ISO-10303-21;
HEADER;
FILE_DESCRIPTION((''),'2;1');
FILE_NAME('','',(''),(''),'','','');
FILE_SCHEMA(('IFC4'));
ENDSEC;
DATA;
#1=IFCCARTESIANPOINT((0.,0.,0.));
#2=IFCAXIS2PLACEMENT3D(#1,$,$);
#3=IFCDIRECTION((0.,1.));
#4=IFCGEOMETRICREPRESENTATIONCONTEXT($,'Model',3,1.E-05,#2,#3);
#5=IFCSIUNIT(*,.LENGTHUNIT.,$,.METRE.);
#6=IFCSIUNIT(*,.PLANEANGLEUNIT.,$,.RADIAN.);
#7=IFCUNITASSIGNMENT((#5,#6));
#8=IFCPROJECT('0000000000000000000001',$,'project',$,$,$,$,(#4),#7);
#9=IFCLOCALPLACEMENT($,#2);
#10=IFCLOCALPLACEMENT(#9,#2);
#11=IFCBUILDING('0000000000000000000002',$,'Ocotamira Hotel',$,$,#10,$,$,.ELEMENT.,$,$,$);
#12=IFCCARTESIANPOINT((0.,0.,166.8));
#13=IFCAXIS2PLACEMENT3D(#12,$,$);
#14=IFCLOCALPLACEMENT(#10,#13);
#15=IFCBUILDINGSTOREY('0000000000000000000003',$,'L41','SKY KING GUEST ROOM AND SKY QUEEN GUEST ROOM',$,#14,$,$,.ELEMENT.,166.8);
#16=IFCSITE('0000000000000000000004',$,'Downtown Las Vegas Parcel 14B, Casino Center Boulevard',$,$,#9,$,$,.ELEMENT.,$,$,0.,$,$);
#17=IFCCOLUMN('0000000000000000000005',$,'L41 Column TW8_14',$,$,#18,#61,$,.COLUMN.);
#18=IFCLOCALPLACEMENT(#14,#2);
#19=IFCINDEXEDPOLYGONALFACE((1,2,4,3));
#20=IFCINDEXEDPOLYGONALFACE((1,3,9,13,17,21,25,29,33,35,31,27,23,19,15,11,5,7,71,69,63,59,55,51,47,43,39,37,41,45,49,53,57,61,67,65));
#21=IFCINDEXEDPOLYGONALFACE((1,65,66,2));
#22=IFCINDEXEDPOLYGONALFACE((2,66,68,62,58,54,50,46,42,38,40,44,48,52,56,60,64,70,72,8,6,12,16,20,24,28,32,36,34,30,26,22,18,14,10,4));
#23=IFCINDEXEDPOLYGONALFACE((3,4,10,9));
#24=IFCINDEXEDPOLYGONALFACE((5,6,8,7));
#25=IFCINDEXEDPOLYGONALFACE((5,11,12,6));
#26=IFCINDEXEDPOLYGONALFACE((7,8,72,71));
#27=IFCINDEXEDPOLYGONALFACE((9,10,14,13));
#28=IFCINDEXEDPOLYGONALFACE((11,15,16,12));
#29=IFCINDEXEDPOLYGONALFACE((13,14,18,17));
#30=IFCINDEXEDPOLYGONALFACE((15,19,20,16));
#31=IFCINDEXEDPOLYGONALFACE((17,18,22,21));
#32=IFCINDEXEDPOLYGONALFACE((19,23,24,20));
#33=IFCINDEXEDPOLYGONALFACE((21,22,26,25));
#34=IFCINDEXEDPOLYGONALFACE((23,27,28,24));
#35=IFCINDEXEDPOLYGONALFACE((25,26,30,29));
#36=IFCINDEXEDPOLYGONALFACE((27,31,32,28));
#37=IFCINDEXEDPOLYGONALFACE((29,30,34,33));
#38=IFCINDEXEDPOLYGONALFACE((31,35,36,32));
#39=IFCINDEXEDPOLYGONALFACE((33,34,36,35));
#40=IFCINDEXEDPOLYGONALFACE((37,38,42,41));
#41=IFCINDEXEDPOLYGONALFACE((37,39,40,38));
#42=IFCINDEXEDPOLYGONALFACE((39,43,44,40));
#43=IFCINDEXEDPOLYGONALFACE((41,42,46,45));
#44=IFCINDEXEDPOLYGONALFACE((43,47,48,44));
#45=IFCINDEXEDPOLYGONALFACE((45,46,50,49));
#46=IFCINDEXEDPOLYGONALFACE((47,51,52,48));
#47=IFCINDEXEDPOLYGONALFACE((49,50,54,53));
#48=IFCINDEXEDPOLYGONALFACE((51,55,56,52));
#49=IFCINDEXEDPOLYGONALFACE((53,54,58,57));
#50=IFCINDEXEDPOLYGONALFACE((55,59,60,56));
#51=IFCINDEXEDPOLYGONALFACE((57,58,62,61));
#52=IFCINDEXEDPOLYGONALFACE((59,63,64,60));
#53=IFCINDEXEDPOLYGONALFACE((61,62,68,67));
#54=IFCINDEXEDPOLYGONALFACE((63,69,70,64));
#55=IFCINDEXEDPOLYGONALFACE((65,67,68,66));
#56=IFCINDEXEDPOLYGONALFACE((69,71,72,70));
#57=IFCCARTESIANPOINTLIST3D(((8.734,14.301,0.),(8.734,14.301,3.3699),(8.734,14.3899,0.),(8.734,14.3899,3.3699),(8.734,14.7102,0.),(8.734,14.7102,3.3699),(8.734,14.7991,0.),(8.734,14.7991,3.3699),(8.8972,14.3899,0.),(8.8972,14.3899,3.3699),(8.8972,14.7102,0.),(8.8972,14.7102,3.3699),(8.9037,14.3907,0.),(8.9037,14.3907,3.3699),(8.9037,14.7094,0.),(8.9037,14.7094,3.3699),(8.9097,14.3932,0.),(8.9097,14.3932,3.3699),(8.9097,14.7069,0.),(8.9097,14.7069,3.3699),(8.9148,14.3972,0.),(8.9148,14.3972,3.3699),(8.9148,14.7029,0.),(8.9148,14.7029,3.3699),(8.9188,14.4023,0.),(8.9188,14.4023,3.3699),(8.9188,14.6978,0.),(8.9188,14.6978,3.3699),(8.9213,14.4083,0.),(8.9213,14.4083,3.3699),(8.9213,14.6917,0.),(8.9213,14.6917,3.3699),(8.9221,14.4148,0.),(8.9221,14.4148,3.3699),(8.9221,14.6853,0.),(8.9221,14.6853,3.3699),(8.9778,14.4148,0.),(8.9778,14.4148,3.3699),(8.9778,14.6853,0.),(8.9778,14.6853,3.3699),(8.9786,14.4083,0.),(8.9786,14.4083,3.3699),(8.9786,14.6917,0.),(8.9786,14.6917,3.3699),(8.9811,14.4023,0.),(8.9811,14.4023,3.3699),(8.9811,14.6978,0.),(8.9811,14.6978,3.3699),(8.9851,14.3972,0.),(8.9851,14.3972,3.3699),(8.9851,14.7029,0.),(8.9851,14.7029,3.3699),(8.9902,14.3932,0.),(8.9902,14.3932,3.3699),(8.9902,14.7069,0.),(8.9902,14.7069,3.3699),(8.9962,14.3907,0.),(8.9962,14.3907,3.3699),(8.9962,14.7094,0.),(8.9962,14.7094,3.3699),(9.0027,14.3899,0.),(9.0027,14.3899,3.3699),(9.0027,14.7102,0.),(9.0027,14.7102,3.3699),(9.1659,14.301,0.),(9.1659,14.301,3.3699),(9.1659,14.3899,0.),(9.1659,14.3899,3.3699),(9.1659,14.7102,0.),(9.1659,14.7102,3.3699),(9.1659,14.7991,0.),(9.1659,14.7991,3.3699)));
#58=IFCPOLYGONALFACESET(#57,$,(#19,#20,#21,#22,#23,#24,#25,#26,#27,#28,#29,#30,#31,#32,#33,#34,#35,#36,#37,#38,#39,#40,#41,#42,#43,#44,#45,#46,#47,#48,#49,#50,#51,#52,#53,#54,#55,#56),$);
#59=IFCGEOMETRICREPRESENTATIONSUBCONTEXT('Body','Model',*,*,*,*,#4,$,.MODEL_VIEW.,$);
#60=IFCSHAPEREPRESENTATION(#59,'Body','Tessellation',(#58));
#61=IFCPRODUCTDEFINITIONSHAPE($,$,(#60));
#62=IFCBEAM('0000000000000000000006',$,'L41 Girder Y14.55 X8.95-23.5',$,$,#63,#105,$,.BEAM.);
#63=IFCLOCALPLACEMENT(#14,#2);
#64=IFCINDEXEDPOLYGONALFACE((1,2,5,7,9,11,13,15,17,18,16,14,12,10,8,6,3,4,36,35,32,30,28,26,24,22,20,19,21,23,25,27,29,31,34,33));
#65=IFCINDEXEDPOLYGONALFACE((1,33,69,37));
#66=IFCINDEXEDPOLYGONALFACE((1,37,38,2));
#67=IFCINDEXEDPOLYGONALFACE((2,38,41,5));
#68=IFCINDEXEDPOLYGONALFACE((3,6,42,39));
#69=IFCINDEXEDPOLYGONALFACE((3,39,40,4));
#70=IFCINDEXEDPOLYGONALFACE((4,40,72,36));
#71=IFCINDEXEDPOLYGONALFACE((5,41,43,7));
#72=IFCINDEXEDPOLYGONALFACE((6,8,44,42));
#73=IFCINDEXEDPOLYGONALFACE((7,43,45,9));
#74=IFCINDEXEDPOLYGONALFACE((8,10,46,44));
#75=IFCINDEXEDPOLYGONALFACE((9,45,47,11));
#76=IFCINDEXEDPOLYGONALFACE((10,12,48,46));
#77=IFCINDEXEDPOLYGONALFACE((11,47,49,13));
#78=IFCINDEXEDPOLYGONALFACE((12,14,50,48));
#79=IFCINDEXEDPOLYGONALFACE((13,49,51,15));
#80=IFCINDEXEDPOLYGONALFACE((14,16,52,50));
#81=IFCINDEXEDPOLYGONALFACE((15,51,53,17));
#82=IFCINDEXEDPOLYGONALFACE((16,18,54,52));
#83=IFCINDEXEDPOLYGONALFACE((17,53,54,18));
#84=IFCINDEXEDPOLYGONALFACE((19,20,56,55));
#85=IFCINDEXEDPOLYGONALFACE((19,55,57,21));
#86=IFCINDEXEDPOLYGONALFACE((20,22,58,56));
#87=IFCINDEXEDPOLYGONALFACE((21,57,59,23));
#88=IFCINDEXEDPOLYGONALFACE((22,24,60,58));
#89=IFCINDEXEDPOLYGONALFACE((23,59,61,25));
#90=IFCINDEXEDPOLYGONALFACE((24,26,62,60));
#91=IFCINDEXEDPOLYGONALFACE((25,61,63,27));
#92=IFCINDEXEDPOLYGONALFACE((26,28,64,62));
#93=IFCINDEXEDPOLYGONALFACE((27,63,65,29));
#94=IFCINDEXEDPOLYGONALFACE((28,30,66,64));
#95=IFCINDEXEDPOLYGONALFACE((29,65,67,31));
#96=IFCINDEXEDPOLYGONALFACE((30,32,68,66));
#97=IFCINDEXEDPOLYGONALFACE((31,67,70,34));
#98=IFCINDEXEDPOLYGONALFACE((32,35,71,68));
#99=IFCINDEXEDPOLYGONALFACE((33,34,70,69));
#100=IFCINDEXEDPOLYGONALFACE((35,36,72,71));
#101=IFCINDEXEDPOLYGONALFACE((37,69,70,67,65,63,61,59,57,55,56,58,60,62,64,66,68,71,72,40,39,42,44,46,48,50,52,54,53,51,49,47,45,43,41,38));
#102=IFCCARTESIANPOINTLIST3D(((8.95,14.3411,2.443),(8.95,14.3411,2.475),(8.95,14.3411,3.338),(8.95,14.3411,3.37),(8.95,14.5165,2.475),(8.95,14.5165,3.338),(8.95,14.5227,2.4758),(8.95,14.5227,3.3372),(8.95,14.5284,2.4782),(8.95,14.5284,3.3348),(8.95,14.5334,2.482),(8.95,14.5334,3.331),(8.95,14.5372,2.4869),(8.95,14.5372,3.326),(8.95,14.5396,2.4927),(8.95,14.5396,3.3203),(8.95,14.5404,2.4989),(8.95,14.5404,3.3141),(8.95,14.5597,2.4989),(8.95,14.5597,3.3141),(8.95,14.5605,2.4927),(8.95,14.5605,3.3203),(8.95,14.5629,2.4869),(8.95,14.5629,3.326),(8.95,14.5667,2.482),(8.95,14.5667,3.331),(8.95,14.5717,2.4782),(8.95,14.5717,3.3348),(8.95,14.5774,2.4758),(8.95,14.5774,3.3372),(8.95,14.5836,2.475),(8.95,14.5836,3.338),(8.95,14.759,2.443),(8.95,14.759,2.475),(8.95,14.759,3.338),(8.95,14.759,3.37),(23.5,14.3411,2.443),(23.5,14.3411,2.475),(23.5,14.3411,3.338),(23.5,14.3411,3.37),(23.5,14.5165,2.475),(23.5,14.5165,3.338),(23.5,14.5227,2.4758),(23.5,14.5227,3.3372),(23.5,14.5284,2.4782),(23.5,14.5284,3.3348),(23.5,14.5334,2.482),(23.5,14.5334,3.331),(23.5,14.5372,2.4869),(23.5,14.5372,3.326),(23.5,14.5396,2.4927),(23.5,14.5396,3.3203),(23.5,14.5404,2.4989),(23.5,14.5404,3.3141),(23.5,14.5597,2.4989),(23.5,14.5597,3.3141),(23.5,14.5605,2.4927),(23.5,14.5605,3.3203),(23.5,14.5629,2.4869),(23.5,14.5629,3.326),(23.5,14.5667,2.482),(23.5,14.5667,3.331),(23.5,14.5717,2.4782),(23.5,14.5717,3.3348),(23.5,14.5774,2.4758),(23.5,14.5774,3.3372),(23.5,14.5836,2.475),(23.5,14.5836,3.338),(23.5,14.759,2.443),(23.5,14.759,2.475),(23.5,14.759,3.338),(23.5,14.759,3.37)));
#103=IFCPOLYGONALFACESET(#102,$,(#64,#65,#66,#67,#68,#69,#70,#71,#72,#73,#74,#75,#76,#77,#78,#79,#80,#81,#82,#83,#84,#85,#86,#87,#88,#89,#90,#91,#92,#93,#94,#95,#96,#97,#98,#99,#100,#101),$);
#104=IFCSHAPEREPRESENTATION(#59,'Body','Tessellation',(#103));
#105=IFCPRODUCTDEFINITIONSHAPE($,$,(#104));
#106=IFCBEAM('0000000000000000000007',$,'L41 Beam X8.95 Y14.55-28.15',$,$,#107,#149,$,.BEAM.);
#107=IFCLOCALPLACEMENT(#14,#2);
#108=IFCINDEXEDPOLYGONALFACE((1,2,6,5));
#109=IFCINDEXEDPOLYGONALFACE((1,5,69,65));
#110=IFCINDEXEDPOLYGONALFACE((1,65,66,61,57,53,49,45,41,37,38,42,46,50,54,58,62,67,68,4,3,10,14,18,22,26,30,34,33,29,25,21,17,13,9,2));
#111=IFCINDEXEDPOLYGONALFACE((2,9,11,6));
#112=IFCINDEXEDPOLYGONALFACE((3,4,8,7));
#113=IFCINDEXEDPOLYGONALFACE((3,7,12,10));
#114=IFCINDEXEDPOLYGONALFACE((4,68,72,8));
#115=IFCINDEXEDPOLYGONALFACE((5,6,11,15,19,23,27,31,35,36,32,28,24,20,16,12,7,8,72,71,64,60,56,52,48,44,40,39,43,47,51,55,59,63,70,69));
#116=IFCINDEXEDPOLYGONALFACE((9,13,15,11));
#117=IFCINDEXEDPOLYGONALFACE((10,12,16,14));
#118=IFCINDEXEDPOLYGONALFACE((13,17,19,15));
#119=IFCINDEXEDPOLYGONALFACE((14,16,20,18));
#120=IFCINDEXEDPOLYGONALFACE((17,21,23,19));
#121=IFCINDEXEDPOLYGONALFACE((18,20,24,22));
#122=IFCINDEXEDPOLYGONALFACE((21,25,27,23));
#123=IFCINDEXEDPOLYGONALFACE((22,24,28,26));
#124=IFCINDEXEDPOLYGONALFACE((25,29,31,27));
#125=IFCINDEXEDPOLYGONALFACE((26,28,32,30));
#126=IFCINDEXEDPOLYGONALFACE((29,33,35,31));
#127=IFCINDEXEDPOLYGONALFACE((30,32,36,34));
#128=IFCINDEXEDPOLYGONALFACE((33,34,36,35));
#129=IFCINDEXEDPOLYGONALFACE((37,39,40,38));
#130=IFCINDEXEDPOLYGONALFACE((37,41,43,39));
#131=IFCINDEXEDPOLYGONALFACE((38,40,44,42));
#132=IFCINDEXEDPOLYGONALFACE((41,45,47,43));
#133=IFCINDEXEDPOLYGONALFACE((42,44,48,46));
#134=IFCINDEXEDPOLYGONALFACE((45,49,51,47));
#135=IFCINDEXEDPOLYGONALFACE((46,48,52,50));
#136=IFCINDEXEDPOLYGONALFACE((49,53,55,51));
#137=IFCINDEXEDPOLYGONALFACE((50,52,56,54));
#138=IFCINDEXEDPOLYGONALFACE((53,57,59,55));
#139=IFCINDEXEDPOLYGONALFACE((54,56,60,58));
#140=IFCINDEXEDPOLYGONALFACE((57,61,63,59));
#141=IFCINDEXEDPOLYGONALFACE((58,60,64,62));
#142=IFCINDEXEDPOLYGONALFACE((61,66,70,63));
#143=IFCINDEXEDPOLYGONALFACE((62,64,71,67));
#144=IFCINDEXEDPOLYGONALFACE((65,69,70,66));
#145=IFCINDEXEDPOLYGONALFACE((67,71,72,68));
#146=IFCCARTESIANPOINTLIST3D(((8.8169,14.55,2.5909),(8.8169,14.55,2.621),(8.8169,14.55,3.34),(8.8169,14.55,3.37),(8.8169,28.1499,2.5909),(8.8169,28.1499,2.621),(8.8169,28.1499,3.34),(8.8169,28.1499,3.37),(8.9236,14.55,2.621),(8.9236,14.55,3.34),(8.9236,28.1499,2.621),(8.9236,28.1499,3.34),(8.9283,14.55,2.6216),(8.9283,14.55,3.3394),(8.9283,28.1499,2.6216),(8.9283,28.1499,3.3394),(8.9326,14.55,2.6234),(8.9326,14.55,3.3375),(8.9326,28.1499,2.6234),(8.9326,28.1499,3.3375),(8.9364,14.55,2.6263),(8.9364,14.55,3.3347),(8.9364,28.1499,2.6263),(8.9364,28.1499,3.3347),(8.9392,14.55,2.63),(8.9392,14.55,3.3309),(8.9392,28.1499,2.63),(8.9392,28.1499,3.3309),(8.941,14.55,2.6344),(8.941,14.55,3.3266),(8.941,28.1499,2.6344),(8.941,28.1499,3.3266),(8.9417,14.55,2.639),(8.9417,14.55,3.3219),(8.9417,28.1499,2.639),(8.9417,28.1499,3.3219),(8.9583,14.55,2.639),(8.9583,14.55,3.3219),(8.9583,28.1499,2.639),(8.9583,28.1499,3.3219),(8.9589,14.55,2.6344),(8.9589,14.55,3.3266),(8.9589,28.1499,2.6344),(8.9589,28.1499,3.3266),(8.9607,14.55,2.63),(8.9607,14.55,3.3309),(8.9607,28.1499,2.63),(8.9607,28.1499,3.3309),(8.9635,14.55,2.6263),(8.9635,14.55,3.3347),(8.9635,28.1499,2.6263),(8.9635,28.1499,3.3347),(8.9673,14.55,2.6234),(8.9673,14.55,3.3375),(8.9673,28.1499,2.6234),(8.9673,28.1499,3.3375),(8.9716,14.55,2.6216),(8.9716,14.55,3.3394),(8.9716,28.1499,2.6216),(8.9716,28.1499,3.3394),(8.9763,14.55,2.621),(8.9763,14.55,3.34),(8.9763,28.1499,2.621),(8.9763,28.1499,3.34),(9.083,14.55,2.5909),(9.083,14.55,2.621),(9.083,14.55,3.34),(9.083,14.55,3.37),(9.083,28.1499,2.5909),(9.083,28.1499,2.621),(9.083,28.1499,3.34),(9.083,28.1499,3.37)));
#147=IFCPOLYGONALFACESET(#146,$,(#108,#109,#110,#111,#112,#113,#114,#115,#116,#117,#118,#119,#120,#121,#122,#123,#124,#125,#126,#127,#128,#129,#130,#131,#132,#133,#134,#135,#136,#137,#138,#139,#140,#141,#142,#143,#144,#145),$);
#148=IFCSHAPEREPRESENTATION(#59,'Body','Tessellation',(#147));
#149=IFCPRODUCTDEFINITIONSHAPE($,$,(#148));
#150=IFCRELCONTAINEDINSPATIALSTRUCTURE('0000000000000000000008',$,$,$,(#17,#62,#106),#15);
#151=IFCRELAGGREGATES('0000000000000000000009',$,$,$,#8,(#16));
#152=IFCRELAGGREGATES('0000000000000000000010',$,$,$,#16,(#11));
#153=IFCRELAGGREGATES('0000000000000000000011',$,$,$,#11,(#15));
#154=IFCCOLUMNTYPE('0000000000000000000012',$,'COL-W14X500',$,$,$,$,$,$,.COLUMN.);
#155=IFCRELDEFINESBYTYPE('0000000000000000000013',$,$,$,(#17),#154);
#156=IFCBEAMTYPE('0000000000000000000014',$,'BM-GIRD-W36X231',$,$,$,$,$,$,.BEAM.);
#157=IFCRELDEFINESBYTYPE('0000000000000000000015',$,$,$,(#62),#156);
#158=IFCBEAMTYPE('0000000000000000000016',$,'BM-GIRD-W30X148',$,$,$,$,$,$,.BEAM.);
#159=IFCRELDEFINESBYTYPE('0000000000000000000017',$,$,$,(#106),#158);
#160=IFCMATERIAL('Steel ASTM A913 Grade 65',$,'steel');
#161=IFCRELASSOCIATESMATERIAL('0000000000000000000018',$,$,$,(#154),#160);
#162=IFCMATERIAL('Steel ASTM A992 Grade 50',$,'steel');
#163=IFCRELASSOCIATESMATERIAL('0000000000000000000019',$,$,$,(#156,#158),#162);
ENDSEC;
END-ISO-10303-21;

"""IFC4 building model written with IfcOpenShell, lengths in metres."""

from ifc_helpers import new_model, si_unit, direction, frame, origin, origin_2d, place, context, subcontext, project, spatial, i_section, extrude, source, transform, mapped, material, material_profile, profile_set, type_object, element, save


model = new_model("IFC4")

# Units and contexts
model_context = context("Model", 3, precision=1e-05, world=origin(), true_north=direction((0.0, 1.0)))
body_context = subcontext(model_context, "Body", "Model", "MODEL_VIEW")
ifc_project = project(units=[si_unit("LENGTHUNIT", "METRE"), si_unit("PLANEANGLEUNIT", "RADIAN")], contexts=[model_context])

# Site, building, storey
site_placement = place(None, origin())
site = spatial("IfcSite", under=ifc_project, at=site_placement, Name="Downtown Las Vegas Parcel 14B, Casino Center Boulevard", CompositionType="ELEMENT", RefElevation=0.0)
building_placement = place(site_placement, origin())
building = spatial("IfcBuilding", under=site, at=building_placement, Name="Ocotamira Hotel", CompositionType="ELEMENT")
storey_placement = place(building_placement, frame((0.0, 0.0, 166.8)))
storey = spatial("IfcBuildingStorey", under=building, at=storey_placement, Name="L41", Description="SKY KING GUEST ROOM AND SKY QUEEN GUEST ROOM", CompositionType="ELEMENT", Elevation=166.8)

# Column
ifc_material_1 = material(Name="Steel ASTM A913 Grade 65", Category="steel")
ifc_material_profile_1 = material_profile(ifc_material_1, i_section(OverallWidth=0.4319, OverallDepth=0.498, WebThickness=0.0557, FlangeThickness=0.0889, FilletRadius=0.0249, at=origin_2d()), Name="W14X500")
ifc_profile_set_1 = profile_set([ifc_material_profile_1], Name="Steel ASTM A913 Grade 65")
column_type = type_object("IfcColumnType", Name="COL-W14X500", PredefinedType="COLUMN", material=ifc_profile_set_1)
shared_shape_1 = source(origin(), body_context, "Body", "SweptSolid", [
    extrude(i_section(OverallWidth=0.4319, OverallDepth=0.498, WebThickness=0.0557, FlangeThickness=0.0889, FilletRadius=0.0249, at=origin_2d()), origin(), (0.0, 0.0, 1.0), 3.3699),
])
column_placement = place(storey_placement, frame((8.95, 14.55, 0.0), z_axis=(0.0, 0.0, 1.0), x_axis=(1.0, 0.0, 0.0)))
element("IfcColumn", 1, at=column_placement, inside=storey, type_object=column_type, Name="L41 Column TW8_14", PredefinedType="COLUMN", context=body_context, shape_type="MappedRepresentation", body=[
    mapped(shared_shape_1, transform((0.0, 0.0, 0.0), scale=1.0)),
])

# Beams
ifc_material_2 = material(Name="Steel ASTM A992 Grade 50", Category="steel")
ifc_material_profile_2 = material_profile(ifc_material_2, i_section(OverallWidth=0.418, OverallDepth=0.927, WebThickness=0.0193, FlangeThickness=0.032, FilletRadius=0.0239, at=origin_2d()), Name="W36X231")
ifc_profile_set_2 = profile_set([ifc_material_profile_2], Name="Steel ASTM A992 Grade 50")
beam_type_1 = type_object("IfcBeamType", Name="BM-GIRD-W36X231", PredefinedType="BEAM", material=ifc_profile_set_2)
shared_shape_2 = source(origin(), body_context, "Body", "SweptSolid", [
    extrude(i_section(OverallWidth=0.418, OverallDepth=0.927, WebThickness=0.0193, FlangeThickness=0.032, FilletRadius=0.0239, at=origin_2d()), origin(), (0.0, 0.0, 1.0), 14.55),
])
beam_1_placement = place(storey_placement, frame((8.95, 14.55, 2.9065), z_axis=(1.0, 0.0, 0.0), x_axis=(0.0, 1.0, 0.0)))
element("IfcBeam", 2, at=beam_1_placement, inside=storey, type_object=beam_type_1, Name="L41 Girder Y14.55 X8.95-23.5", PredefinedType="BEAM", context=body_context, shape_type="MappedRepresentation", body=[
    mapped(shared_shape_2, transform((0.0, 0.0, 0.0), scale=1.0)),
])
ifc_material_profile_3 = material_profile(ifc_material_2, i_section(OverallWidth=0.2661, OverallDepth=0.7791, WebThickness=0.0166, FlangeThickness=0.03, FilletRadius=0.0181, at=origin_2d()), Name="W30X148")
ifc_profile_set_3 = profile_set([ifc_material_profile_3], Name="Steel ASTM A992 Grade 50")
beam_type_2 = type_object("IfcBeamType", Name="BM-GIRD-W30X148", PredefinedType="BEAM", material=ifc_profile_set_3)
shared_shape_3 = source(origin(), body_context, "Body", "SweptSolid", [
    extrude(i_section(OverallWidth=0.2661, OverallDepth=0.7791, WebThickness=0.0166, FlangeThickness=0.03, FilletRadius=0.0181, at=origin_2d()), origin(), (0.0, 0.0, 1.0), 13.5999),
])
beam_2_placement = place(storey_placement, frame((8.95, 14.55, 2.9805), z_axis=(0.0, 1.0, 0.0), x_axis=(-1.0, 0.0, 0.0)))
element("IfcBeam", 3, at=beam_2_placement, inside=storey, type_object=beam_type_2, Name="L41 Beam X8.95 Y14.55-28.15", PredefinedType="BEAM", context=body_context, shape_type="MappedRepresentation", body=[
    mapped(shared_shape_3, transform((0.0, 0.0, 0.0), scale=1.0)),
])

save(model, "model.ifc")
